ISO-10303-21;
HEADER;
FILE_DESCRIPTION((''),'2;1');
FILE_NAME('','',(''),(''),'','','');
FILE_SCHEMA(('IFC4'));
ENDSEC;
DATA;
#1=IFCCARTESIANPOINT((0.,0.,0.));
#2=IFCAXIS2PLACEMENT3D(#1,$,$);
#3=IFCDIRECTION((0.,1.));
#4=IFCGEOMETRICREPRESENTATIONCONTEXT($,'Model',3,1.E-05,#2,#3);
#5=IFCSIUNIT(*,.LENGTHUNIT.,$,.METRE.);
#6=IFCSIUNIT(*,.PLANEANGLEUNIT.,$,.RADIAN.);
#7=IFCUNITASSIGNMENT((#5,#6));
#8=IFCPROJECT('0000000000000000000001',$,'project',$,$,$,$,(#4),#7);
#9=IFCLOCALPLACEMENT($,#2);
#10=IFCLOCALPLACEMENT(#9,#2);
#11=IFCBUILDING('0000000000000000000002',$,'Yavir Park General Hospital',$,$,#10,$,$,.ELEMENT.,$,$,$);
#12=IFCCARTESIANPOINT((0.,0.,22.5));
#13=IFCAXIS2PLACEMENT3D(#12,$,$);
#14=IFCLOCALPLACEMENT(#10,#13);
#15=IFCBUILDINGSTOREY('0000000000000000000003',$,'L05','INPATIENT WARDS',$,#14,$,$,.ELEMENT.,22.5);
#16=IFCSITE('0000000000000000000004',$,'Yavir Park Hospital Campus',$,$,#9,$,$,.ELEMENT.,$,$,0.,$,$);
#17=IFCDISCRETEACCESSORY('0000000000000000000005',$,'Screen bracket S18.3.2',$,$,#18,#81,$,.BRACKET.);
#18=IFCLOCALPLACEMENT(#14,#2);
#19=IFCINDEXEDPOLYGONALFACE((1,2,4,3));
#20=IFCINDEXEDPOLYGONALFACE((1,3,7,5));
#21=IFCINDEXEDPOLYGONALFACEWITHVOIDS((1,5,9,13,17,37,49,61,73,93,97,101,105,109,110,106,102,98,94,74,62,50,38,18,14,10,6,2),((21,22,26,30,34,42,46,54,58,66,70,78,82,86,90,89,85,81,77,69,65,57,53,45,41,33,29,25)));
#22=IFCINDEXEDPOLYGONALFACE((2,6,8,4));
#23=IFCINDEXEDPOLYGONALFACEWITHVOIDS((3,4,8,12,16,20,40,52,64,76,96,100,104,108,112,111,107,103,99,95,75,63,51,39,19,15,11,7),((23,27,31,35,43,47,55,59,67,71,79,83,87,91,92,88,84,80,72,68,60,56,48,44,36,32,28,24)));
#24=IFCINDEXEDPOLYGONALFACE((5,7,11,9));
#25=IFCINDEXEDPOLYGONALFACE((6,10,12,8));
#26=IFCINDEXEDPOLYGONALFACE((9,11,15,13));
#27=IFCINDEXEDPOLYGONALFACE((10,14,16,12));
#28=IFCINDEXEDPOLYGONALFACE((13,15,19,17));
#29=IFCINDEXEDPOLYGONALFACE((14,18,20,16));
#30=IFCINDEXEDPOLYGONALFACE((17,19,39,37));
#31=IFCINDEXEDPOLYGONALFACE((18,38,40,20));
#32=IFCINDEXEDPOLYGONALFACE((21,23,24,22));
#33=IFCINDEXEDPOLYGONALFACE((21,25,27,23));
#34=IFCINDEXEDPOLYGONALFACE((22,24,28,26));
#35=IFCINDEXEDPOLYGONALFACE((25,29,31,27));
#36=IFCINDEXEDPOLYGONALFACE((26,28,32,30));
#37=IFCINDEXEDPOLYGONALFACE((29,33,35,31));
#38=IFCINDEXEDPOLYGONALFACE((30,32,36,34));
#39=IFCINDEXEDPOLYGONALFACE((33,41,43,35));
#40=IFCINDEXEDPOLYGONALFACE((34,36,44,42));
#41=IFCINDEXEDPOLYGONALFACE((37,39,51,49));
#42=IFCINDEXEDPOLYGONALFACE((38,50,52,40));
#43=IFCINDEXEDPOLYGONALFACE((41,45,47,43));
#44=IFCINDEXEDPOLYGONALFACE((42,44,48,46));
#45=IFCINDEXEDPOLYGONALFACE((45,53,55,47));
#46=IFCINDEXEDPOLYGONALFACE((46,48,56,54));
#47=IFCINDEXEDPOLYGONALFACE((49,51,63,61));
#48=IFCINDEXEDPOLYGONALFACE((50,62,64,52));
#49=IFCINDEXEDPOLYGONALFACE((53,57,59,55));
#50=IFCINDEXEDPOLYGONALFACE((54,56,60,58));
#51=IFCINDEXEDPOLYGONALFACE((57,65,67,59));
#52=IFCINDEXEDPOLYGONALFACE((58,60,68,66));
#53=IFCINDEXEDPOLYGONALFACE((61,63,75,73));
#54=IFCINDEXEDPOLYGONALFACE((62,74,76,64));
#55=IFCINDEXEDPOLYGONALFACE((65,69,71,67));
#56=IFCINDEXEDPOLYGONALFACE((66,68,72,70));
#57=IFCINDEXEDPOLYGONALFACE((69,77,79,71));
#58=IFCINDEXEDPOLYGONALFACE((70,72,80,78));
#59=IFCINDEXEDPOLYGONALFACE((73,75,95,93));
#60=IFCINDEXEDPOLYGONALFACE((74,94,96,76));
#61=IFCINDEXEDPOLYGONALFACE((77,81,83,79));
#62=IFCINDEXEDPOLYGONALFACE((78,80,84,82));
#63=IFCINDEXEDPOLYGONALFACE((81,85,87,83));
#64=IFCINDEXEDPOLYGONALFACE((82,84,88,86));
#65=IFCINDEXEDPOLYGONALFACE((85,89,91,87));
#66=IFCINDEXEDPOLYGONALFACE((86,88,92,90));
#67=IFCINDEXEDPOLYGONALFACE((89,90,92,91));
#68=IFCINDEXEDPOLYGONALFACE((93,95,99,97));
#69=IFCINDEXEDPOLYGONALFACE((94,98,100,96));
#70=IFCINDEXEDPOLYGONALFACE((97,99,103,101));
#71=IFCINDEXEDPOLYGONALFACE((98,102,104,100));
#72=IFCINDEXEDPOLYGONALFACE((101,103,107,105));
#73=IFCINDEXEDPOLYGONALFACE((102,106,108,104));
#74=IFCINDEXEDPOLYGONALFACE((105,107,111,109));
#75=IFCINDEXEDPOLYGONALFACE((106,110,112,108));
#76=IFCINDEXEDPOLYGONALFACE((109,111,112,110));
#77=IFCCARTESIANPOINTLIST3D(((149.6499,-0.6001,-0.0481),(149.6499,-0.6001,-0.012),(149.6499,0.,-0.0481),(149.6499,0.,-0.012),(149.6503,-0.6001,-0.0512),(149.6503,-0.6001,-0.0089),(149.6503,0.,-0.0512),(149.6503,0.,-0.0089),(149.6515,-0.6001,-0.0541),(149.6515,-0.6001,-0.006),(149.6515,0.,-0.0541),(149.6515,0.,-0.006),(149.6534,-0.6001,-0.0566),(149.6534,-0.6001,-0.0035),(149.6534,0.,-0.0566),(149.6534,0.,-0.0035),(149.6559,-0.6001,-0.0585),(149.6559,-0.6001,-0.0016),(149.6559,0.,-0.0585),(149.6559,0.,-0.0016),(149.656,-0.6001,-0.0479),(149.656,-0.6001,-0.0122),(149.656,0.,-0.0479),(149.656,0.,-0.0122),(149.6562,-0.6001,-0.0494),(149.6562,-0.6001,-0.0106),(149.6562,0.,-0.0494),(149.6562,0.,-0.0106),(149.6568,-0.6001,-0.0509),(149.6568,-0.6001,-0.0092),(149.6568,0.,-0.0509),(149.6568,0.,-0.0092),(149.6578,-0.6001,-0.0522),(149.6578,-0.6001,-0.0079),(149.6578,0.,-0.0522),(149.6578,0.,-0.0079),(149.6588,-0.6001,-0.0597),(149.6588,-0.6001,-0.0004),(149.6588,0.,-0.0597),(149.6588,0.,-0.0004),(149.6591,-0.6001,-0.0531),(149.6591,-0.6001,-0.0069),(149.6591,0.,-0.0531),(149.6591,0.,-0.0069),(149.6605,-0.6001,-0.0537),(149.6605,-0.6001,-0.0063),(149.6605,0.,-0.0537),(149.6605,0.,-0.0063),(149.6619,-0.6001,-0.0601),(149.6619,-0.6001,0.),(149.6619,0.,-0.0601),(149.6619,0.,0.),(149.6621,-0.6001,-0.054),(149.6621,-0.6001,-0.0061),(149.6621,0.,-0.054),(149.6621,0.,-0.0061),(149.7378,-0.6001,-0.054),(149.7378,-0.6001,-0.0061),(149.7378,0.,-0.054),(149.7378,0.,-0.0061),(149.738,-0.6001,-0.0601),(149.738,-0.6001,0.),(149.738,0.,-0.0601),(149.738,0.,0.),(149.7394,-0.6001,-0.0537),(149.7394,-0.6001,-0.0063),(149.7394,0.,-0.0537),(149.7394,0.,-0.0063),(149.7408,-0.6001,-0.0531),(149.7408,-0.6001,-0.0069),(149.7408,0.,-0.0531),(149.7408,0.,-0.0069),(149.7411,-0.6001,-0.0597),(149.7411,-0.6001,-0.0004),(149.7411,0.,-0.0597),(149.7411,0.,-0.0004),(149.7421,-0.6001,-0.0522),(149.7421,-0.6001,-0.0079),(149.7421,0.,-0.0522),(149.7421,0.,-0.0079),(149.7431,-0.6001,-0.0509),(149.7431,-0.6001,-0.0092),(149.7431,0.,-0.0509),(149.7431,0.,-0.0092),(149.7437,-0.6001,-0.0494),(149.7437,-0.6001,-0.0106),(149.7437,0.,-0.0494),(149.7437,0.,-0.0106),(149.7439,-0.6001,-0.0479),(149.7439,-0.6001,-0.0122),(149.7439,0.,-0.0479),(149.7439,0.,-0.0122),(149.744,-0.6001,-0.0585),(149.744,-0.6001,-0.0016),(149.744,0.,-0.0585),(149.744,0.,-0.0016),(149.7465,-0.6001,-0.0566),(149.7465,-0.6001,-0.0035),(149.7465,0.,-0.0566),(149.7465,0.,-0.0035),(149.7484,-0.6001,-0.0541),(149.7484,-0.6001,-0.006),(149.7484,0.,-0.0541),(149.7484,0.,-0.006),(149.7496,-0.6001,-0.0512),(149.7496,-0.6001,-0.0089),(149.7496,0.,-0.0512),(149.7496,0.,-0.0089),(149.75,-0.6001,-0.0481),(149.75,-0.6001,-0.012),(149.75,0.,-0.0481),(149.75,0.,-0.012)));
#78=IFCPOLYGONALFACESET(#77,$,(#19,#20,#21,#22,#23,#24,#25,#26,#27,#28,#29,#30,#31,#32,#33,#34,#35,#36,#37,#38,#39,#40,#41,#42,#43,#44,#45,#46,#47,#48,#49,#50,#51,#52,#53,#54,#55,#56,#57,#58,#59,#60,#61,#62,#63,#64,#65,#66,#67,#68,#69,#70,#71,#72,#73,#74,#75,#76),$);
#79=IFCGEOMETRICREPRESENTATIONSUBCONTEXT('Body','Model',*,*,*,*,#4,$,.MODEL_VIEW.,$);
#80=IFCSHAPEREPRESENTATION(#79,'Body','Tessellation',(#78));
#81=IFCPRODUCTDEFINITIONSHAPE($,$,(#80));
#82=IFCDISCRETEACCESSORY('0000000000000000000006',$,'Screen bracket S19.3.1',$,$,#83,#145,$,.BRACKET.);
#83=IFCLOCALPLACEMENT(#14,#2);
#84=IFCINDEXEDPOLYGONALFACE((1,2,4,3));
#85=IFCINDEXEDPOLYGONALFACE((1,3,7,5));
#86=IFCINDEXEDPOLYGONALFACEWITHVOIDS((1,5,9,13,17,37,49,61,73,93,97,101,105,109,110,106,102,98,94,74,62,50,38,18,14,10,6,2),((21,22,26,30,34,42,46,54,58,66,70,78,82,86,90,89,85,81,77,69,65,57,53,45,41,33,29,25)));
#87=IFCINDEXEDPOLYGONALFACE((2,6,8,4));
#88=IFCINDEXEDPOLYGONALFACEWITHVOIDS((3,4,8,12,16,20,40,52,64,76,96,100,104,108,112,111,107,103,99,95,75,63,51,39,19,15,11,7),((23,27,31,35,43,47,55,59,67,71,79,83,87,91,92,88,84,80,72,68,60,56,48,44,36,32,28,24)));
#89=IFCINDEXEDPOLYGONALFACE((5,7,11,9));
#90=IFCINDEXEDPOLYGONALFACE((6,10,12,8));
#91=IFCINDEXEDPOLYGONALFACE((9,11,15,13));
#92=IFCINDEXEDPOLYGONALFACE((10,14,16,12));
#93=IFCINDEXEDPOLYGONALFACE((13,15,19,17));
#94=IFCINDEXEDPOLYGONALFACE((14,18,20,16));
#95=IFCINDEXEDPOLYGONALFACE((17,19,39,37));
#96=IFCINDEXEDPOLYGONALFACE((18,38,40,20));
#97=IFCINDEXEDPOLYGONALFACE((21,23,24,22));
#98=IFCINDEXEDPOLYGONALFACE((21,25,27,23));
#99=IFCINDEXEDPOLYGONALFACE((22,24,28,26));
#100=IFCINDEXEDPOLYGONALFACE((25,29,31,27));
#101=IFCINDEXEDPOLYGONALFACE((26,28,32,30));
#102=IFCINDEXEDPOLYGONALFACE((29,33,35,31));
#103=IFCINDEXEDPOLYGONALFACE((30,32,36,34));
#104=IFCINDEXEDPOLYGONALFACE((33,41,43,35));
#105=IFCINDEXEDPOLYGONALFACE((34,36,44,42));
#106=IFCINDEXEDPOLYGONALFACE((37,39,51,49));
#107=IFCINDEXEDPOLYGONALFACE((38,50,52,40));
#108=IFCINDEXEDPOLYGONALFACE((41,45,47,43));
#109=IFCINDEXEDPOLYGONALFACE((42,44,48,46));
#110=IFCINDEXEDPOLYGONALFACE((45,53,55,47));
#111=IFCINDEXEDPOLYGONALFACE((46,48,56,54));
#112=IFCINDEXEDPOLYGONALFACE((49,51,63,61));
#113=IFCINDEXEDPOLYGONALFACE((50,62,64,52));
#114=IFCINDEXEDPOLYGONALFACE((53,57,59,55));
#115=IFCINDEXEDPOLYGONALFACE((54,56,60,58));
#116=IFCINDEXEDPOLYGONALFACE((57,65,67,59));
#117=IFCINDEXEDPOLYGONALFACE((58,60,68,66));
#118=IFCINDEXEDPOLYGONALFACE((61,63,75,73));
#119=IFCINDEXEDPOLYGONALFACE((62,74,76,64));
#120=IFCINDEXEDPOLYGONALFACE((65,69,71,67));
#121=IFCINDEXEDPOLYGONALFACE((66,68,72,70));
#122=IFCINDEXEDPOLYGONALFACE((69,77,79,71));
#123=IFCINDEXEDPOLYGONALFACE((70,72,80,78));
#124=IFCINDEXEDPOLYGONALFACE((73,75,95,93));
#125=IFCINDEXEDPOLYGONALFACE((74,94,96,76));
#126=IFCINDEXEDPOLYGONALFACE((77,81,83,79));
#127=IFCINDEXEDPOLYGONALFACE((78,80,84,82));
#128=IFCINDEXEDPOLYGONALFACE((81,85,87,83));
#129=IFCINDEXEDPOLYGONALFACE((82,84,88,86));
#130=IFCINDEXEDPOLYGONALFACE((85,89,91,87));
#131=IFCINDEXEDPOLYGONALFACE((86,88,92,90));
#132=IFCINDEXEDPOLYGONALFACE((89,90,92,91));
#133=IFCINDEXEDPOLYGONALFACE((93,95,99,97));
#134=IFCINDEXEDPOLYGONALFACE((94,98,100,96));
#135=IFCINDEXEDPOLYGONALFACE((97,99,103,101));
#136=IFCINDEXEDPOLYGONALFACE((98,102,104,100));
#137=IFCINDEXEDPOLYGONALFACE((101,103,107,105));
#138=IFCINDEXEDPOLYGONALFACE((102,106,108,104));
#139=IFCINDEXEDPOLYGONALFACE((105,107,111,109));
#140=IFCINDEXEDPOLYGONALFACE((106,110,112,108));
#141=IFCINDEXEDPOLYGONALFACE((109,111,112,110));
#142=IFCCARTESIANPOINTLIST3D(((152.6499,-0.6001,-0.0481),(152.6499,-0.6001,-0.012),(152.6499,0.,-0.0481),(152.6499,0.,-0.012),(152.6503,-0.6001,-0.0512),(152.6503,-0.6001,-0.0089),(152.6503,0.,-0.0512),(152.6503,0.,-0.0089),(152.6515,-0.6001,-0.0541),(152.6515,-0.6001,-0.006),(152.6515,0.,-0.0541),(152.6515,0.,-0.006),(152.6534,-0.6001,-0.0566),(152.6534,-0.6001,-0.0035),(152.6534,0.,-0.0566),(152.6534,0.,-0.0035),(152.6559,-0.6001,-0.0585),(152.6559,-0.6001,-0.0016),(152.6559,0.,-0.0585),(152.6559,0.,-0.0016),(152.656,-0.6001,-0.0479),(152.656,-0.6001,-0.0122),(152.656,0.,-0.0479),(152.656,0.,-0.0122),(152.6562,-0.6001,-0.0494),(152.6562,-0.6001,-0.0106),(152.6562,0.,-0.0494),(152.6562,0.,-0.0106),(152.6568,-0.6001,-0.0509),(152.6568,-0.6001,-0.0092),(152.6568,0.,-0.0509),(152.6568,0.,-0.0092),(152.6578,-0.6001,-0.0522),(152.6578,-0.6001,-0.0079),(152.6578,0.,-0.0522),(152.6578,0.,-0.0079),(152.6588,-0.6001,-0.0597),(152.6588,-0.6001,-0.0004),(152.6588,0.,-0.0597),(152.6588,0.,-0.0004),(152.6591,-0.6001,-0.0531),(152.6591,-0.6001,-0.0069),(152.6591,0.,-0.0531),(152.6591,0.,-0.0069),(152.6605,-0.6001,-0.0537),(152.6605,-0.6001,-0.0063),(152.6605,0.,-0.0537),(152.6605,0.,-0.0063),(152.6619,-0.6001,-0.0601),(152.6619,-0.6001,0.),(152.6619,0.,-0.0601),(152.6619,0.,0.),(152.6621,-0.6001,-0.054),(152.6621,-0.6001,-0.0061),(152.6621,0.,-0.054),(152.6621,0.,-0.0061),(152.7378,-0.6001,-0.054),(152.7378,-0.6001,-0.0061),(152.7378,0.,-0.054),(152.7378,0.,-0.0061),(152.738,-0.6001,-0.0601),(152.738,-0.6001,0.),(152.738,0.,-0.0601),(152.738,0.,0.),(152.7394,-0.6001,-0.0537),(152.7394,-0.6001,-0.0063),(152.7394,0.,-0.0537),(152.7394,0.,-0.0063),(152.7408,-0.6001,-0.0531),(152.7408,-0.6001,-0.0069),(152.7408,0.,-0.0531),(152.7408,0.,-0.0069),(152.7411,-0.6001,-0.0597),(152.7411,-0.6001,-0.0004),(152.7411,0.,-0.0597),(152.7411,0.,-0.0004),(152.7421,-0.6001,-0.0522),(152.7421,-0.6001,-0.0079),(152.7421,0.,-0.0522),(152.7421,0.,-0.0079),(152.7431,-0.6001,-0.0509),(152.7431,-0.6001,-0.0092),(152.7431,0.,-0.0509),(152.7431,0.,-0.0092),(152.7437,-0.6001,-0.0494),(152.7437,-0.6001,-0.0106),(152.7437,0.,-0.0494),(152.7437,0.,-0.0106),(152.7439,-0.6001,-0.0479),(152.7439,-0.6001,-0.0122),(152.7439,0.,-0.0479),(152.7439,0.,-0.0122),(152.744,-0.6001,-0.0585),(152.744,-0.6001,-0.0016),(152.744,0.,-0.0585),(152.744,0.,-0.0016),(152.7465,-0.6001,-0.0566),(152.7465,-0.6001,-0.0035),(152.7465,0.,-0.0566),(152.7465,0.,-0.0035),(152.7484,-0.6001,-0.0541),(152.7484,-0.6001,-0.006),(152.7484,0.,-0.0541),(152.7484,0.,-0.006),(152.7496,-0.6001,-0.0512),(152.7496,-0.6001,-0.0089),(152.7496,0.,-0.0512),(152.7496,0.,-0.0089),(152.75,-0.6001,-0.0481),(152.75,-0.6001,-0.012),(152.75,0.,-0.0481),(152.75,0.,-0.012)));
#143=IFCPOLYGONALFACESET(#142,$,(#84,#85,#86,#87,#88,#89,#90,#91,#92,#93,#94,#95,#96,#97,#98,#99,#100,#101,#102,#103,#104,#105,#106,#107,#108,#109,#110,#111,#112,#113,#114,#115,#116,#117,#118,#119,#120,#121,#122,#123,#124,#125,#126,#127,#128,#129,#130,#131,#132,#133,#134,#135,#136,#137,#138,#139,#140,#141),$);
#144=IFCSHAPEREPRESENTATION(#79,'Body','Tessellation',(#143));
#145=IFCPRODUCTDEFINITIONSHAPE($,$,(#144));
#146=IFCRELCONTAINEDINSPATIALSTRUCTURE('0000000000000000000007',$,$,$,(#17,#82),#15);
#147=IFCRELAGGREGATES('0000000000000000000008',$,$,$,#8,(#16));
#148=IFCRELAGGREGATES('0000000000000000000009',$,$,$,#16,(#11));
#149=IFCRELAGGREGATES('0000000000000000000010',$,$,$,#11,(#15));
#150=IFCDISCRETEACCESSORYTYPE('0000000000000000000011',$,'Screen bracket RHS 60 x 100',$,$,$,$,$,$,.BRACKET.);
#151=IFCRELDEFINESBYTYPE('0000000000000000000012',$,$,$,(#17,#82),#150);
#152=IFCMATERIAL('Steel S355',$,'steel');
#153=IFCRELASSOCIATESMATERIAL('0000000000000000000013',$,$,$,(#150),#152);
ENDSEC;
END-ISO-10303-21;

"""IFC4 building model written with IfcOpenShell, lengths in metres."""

from ifc_helpers import new_model, si_unit, direction, frame, origin, origin_2d, place, context, subcontext, project, spatial, hollow_rectangle, extrude, material, material_profile, profile_set, type_object, element, save


model = new_model("IFC4")

# Units and contexts
model_context = context("Model", 3, precision=1e-05, world=origin(), true_north=direction((0.0, 1.0)))
body_context = subcontext(model_context, "Body", "Model", "MODEL_VIEW")
ifc_project = project(units=[si_unit("LENGTHUNIT", "METRE"), si_unit("PLANEANGLEUNIT", "RADIAN")], contexts=[model_context])

# Site, building, storey
site_placement = place(None, origin())
site = spatial("IfcSite", under=ifc_project, at=site_placement, Name="Yavir Park Hospital Campus", CompositionType="ELEMENT", RefElevation=0.0)
building_placement = place(site_placement, origin())
building = spatial("IfcBuilding", under=site, at=building_placement, Name="Yavir Park General Hospital", CompositionType="ELEMENT")
storey_placement = place(building_placement, frame((0.0, 0.0, 22.5)))
storey = spatial("IfcBuildingStorey", under=building, at=storey_placement, Name="L05", Description="INPATIENT WARDS", CompositionType="ELEMENT", Elevation=22.5)

# Discrete accessories
ifc_material_1 = material(Name="Steel S355", Category="steel")
ifc_material_profile_1 = material_profile(ifc_material_1, hollow_rectangle(XDim=0.1001, YDim=0.0601, WallThickness=0.0061, InnerFilletRadius=0.0061, OuterFilletRadius=0.012, at=origin_2d()), Name="RHS60x100x6")
ifc_profile_set_1 = profile_set([ifc_material_profile_1], Name="Steel S355")
discrete_accessory_type_1 = type_object("IfcDiscreteAccessoryType", Name="Screen bracket RHS 60 x 100", PredefinedType="BRACKET", material=ifc_profile_set_1)
for number, where, z_axis, x_axis, name in (
    (1, (149.7, 0.0, -0.03), (0.0, -1.0, 0.0), (1.0, 0.0, 0.0), "Screen bracket S18.3.2"),
    (2, (152.7, 0.0, -0.03), (0.0, -1.0, 0.0), (1.0, 0.0, 0.0), "Screen bracket S19.3.1"),
):
    element("IfcDiscreteAccessory", number, at=place(storey_placement, frame(where, z_axis=z_axis, x_axis=x_axis)), inside=storey, type_object=discrete_accessory_type_1, Name=name, PredefinedType="BRACKET", context=body_context, shape_type="SweptSolid", body=[
        extrude(hollow_rectangle(XDim=0.1001, YDim=0.0601, WallThickness=0.0061, InnerFilletRadius=0.0061, OuterFilletRadius=0.012, at=origin_2d()), origin(), (0.0, 0.0, 1.0), 0.6001),
    ])

save(model, "model.ifc")
